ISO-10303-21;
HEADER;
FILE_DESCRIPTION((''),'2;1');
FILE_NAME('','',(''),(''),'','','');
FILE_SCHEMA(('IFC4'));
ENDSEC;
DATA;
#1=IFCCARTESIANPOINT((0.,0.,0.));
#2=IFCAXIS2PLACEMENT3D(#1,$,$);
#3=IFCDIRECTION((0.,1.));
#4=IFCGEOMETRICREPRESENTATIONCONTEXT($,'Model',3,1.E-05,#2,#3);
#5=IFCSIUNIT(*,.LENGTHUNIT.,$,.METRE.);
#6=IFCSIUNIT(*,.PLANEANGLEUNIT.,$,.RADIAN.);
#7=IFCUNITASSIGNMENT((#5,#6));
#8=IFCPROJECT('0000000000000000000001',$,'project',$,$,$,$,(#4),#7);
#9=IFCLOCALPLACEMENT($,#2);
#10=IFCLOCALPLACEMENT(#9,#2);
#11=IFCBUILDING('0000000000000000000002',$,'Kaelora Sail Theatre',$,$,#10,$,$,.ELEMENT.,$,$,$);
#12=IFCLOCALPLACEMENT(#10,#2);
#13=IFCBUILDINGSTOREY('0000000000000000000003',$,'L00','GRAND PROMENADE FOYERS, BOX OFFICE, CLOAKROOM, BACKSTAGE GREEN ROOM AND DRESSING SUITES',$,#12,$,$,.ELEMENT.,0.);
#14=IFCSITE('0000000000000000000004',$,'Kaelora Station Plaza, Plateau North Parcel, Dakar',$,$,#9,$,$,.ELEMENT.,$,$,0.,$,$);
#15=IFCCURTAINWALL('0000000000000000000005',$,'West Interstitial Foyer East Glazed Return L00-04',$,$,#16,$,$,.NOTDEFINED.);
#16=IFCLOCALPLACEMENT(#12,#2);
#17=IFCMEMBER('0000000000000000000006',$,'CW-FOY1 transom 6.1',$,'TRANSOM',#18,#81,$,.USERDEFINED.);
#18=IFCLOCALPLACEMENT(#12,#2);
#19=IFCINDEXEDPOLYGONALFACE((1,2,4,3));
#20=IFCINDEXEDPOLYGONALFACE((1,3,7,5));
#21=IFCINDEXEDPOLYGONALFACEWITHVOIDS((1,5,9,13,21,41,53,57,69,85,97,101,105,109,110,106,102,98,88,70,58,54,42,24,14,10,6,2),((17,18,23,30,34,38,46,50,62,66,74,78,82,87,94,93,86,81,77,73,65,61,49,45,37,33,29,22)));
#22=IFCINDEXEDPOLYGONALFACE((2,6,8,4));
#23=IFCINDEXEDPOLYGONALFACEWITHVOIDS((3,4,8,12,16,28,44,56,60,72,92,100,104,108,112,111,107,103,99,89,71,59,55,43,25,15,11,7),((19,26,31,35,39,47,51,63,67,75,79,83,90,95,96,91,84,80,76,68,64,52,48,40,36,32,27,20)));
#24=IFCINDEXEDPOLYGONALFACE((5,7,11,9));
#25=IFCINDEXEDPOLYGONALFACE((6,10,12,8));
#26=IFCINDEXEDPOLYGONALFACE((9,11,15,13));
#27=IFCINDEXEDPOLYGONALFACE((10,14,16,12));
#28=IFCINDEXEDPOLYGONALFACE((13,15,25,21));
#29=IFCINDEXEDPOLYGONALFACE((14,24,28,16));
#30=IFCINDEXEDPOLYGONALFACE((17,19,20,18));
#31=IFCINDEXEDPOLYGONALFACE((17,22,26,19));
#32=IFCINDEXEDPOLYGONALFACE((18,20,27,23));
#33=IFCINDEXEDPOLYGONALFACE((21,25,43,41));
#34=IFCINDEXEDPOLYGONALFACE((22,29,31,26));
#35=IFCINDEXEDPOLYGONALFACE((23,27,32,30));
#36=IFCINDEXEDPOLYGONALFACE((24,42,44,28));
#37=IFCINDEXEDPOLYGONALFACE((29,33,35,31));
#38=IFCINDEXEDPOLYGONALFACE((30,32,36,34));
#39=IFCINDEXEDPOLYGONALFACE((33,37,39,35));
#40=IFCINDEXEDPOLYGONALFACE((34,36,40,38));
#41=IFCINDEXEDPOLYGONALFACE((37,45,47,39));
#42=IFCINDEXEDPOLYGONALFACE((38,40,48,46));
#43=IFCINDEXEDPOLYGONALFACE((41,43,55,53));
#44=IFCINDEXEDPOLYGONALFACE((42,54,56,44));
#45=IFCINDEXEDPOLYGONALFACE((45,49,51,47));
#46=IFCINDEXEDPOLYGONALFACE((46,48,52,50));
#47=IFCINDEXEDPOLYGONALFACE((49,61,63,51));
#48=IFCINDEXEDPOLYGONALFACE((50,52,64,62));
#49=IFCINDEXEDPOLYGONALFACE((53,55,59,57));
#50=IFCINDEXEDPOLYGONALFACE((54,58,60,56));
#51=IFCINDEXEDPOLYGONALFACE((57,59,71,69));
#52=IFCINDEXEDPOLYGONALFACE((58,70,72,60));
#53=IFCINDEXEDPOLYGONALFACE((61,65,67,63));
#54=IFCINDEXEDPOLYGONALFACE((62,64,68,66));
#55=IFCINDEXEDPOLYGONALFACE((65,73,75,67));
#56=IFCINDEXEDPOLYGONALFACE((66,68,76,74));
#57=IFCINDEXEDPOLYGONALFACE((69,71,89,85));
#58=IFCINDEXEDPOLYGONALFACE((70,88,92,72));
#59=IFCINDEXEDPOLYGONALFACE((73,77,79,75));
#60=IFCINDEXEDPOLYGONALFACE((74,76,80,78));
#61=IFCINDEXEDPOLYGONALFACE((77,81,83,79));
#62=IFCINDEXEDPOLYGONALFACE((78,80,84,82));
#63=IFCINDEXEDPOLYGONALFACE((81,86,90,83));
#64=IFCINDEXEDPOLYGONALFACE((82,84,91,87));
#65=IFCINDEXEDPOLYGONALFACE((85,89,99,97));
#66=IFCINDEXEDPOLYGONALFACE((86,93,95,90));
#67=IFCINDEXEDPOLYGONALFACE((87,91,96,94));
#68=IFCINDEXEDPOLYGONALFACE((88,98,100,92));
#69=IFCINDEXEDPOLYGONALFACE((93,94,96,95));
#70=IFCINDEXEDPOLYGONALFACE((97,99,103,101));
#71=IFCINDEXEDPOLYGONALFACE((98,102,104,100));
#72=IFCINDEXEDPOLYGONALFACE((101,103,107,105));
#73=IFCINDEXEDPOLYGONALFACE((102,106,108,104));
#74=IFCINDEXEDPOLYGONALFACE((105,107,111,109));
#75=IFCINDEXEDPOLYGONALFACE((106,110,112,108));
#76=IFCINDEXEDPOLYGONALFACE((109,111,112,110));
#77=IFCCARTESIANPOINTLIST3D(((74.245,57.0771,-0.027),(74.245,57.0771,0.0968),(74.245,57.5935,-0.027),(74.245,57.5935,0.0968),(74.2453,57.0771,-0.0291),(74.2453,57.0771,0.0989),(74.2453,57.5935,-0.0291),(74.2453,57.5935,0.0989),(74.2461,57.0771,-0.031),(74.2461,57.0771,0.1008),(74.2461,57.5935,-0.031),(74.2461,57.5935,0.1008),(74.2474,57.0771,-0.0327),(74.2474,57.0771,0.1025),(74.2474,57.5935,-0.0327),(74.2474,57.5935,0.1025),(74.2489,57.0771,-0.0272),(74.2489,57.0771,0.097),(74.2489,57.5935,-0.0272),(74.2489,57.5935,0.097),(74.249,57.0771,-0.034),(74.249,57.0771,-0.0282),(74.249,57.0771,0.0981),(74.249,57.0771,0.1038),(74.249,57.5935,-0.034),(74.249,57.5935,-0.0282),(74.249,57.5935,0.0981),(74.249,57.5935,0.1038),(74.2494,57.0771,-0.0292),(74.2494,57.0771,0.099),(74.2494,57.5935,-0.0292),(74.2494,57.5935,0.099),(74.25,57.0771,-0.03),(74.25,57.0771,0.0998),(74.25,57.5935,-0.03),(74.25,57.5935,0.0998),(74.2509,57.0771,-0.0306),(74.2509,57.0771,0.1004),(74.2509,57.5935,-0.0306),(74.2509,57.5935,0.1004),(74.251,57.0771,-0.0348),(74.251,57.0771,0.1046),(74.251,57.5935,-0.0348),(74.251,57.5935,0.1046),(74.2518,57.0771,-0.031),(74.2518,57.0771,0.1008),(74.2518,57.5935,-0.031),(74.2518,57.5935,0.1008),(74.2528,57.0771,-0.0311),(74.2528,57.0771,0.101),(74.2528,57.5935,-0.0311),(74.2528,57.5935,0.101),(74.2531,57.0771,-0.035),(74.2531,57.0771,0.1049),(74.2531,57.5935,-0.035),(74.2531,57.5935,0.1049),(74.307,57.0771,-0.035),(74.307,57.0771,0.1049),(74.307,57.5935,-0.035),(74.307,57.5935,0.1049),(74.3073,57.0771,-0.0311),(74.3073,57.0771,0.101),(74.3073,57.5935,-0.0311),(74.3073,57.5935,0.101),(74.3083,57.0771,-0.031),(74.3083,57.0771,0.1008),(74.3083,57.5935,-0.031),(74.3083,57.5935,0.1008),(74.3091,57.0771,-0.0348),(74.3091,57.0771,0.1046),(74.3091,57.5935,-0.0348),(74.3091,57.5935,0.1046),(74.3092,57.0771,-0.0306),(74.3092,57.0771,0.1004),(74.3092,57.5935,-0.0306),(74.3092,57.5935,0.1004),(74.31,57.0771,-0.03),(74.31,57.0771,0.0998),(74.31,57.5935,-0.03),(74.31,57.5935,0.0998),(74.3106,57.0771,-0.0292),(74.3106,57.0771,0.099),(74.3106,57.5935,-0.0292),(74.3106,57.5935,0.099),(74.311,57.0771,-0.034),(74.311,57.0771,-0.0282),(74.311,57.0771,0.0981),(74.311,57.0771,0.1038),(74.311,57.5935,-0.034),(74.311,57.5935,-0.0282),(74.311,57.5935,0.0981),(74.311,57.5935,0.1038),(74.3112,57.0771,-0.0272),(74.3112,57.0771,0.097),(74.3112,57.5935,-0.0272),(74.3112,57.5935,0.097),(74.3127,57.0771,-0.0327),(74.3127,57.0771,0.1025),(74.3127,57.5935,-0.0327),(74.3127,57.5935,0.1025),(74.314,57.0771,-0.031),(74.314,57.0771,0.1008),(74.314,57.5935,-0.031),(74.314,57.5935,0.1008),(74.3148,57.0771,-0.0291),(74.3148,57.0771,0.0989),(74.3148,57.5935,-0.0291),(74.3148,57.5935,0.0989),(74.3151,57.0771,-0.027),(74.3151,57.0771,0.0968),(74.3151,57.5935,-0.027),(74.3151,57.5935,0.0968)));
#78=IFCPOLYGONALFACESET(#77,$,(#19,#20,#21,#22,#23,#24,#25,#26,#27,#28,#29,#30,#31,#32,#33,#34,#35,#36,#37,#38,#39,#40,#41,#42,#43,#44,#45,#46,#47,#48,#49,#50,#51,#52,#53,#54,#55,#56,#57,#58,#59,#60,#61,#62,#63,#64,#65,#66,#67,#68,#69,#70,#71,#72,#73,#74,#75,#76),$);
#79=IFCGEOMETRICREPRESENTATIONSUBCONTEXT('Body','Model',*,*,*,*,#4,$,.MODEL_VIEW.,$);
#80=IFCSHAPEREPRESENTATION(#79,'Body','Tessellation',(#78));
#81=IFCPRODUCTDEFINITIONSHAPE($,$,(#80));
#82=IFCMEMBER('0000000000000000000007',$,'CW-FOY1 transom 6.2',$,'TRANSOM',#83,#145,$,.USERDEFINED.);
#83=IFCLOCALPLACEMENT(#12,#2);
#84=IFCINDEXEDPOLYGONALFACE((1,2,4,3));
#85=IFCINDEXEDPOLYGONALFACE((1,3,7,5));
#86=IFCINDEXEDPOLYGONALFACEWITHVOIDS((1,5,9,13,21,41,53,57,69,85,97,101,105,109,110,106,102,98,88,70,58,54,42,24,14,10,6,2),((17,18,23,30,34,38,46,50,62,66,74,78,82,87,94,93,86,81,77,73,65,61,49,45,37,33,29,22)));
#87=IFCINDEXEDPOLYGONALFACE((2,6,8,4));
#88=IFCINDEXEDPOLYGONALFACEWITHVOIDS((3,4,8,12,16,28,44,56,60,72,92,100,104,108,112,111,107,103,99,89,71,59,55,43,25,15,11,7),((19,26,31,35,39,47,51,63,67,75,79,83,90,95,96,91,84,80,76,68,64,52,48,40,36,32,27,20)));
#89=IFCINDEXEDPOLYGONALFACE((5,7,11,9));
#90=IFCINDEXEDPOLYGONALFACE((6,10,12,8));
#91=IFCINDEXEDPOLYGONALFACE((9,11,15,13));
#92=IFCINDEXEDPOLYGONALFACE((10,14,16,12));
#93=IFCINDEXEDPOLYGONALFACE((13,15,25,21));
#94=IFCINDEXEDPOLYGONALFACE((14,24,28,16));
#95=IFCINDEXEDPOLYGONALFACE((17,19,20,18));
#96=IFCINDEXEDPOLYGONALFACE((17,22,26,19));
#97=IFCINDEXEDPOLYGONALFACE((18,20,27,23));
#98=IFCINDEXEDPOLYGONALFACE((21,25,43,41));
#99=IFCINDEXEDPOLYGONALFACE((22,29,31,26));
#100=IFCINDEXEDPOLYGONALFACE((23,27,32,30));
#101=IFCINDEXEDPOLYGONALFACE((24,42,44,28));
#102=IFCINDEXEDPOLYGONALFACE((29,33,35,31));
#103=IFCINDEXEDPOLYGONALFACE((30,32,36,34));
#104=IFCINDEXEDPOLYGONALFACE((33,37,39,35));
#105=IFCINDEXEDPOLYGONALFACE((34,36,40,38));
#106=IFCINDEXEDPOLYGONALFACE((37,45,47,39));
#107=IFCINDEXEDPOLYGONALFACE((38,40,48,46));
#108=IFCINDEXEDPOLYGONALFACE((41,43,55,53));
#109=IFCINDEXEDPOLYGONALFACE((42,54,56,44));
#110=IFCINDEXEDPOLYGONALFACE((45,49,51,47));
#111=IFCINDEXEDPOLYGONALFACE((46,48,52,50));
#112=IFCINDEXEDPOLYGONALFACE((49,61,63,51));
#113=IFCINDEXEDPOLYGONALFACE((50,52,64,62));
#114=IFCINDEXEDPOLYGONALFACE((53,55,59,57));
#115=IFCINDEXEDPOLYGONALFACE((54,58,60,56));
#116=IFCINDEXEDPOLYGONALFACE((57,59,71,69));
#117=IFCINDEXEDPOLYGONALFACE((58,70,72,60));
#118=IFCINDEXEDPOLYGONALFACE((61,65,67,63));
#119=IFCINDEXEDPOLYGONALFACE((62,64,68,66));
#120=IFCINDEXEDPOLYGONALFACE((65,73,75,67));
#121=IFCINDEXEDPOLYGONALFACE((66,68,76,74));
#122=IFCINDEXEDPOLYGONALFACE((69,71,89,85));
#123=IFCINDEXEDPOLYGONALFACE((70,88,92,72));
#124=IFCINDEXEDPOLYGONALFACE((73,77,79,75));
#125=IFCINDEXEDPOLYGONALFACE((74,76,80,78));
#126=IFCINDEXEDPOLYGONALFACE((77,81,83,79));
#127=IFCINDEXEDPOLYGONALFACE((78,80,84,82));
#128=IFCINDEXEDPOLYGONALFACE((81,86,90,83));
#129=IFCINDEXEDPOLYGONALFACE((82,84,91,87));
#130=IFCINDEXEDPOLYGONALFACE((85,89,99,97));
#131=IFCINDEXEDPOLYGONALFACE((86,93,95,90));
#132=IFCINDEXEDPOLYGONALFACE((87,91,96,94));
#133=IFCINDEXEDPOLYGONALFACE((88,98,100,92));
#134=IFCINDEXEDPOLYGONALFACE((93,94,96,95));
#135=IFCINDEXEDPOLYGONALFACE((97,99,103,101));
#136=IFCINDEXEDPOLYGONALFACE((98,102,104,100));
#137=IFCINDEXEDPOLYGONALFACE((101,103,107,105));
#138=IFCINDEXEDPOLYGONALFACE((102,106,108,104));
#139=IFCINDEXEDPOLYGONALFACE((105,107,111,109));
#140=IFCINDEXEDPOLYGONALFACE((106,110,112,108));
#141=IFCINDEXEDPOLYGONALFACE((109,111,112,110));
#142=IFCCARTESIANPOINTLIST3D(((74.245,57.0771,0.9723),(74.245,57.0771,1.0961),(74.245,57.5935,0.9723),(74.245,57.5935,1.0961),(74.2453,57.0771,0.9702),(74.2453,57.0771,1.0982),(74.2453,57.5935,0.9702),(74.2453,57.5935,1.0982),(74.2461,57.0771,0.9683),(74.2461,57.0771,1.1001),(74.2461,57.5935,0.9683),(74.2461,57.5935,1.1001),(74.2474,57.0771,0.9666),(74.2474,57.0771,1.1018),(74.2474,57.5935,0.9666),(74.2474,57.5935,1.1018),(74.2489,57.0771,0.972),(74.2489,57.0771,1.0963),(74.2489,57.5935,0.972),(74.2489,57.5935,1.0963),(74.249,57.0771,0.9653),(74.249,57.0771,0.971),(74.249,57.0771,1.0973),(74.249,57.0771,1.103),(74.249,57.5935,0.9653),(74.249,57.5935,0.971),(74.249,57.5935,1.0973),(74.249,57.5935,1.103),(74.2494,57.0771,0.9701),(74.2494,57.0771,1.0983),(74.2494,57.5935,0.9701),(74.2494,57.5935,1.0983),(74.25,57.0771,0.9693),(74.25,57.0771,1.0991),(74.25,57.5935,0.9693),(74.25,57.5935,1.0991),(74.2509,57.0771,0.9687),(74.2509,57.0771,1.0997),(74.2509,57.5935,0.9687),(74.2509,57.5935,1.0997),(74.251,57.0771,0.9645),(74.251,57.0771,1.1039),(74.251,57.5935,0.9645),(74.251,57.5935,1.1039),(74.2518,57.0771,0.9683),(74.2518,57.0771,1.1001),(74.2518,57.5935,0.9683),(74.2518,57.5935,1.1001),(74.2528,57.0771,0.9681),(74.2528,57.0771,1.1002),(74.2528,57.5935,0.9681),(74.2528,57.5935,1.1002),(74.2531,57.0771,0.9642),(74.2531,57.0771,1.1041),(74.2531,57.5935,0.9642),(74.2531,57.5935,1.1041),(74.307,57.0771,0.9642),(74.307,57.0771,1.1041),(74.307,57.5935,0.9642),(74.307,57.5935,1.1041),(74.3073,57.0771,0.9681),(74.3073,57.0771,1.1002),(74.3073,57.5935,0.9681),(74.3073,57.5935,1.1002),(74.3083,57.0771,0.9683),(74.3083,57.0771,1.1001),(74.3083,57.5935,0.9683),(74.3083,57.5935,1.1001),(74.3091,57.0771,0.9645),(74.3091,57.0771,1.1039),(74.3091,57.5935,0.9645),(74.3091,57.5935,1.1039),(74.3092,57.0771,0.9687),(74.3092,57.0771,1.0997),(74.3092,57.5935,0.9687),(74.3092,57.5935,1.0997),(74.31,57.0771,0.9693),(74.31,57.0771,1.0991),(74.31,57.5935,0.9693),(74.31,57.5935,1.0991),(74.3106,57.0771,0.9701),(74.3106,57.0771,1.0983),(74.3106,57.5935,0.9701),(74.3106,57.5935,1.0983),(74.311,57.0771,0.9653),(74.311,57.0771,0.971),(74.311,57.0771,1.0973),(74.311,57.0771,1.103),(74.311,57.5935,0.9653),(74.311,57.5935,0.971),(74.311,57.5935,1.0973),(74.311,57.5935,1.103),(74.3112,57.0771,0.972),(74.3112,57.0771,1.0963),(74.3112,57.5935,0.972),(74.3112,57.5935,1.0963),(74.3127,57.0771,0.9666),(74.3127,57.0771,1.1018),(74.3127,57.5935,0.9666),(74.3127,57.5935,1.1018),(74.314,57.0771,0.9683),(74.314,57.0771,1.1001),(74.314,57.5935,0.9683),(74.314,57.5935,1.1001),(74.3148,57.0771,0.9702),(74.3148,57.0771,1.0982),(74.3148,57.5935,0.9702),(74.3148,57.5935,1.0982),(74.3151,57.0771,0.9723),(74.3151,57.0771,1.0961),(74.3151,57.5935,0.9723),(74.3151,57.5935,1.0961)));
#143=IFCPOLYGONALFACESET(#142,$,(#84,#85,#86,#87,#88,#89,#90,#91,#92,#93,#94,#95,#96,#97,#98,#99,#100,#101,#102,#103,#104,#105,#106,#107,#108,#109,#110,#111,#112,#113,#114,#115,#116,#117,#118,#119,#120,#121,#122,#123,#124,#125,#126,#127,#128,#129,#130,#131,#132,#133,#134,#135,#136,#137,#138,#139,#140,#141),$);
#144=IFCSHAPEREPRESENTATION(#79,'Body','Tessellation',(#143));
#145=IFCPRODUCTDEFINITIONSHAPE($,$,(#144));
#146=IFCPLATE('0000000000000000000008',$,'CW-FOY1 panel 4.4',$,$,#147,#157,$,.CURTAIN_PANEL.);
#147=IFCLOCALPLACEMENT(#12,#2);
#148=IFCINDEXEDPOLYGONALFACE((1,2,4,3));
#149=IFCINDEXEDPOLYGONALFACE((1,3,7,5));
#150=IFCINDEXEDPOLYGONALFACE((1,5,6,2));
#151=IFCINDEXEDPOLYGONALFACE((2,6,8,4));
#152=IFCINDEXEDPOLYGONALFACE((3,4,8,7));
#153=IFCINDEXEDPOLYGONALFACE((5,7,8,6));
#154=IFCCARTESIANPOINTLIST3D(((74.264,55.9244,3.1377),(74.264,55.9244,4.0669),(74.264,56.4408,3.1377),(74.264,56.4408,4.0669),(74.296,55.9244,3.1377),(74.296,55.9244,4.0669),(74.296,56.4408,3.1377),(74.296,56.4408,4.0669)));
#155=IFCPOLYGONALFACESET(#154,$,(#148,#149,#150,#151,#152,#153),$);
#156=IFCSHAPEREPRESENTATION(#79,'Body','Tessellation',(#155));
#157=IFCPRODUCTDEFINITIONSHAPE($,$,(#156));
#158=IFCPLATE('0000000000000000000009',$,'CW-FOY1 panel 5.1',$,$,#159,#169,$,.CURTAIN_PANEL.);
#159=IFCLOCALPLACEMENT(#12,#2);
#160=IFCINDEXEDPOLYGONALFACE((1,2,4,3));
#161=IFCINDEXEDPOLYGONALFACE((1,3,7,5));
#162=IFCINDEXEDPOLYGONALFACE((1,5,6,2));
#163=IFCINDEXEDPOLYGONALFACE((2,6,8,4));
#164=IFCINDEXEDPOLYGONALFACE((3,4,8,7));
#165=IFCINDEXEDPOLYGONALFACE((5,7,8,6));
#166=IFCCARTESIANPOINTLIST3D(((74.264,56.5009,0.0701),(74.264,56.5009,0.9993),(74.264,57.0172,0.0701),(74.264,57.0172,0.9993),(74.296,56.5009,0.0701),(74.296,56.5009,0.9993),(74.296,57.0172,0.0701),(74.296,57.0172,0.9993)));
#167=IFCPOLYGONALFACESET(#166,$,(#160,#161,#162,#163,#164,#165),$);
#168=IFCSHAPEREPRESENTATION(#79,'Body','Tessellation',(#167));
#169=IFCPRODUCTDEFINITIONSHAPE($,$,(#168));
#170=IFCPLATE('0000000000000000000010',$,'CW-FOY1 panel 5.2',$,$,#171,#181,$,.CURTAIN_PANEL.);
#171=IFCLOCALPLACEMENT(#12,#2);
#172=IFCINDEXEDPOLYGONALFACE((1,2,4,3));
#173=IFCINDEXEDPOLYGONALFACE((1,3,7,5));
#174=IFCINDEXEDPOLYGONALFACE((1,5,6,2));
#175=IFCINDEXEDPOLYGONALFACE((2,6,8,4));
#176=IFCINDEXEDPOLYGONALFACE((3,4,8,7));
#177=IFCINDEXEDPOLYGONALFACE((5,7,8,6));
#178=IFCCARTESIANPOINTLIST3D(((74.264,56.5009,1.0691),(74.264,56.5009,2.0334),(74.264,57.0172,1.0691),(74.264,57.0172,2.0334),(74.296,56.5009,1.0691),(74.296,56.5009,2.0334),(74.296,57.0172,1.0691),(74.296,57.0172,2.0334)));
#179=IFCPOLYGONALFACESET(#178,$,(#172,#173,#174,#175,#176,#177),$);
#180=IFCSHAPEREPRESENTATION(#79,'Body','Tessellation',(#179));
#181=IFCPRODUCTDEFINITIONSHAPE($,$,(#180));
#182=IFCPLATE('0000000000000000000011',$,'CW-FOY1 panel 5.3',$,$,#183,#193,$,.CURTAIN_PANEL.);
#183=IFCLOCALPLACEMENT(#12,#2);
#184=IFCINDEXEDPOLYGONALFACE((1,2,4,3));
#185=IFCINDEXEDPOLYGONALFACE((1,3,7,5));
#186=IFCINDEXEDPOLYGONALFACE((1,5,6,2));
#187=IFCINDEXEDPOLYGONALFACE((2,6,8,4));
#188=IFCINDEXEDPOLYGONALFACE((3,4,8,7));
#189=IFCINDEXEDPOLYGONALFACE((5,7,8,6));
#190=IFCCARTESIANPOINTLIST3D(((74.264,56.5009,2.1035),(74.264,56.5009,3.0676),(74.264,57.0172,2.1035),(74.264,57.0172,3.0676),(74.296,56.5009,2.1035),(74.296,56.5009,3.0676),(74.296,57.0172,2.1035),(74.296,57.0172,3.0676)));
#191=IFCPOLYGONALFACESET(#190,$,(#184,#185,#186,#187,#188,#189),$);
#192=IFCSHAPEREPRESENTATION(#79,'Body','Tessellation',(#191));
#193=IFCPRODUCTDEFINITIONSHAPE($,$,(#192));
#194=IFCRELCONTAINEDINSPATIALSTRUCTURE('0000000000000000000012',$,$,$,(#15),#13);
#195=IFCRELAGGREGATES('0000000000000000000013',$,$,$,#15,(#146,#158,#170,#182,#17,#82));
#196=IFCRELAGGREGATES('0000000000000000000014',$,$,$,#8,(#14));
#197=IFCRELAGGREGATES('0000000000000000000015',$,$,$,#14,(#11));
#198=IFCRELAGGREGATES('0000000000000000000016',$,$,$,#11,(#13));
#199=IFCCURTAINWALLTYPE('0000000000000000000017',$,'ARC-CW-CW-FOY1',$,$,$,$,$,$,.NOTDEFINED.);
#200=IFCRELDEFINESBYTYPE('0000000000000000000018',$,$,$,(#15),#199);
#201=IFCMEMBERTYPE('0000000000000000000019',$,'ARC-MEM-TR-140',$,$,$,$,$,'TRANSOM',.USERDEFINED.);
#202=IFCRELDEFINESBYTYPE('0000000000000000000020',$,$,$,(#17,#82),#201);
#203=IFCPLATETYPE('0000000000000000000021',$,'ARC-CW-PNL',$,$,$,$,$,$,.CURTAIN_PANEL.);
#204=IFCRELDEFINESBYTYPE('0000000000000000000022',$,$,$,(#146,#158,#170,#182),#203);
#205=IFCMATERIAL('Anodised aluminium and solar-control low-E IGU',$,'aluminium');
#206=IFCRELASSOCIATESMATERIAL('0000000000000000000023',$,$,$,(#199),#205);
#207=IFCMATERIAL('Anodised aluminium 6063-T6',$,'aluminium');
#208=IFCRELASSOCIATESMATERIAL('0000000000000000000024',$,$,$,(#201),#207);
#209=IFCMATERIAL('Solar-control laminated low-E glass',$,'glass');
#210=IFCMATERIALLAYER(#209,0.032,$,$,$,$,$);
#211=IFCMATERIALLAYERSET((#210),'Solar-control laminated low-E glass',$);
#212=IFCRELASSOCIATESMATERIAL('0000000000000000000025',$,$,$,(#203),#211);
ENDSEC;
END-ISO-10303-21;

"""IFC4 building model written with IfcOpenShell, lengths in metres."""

from ifc_helpers import new_model, si_unit, direction, frame, origin, origin_2d, place, context, subcontext, project, spatial, rectangle, hollow_rectangle, extrude, material, layer, layer_set, material_profile, profile_set, type_object, element, aggregate, save


model = new_model("IFC4")

# Units and contexts
model_context = context("Model", 3, precision=1e-05, world=origin(), true_north=direction((0.0, 1.0)))
body_context = subcontext(model_context, "Body", "Model", "MODEL_VIEW")
ifc_project = project(units=[si_unit("LENGTHUNIT", "METRE"), si_unit("PLANEANGLEUNIT", "RADIAN")], contexts=[model_context])

# Site, building, storey
site_placement = place(None, origin())
site = spatial("IfcSite", under=ifc_project, at=site_placement, Name="Kaelora Station Plaza, Plateau North Parcel, Dakar", CompositionType="ELEMENT", RefElevation=0.0)
building_placement = place(site_placement, origin())
building = spatial("IfcBuilding", under=site, at=building_placement, Name="Kaelora Sail Theatre", CompositionType="ELEMENT")
storey_placement = place(building_placement, origin())
storey = spatial("IfcBuildingStorey", under=building, at=storey_placement, Name="L00", Description="GRAND PROMENADE FOYERS, BOX OFFICE, CLOAKROOM, BACKSTAGE GREEN ROOM AND DRESSING SUITES", CompositionType="ELEMENT", Elevation=0.0)

# Curtain wall
ifc_material_1 = material(Name="Anodised aluminium and solar-control low-E IGU", Category="aluminium")
curtain_wall_type = type_object("IfcCurtainWallType", Name="ARC-CW-CW-FOY1", PredefinedType="NOTDEFINED", material=ifc_material_1)
curtain_wall_placement = place(storey_placement, origin())
curtain_wall = element("IfcCurtainWall", 1, at=curtain_wall_placement, inside=storey, type_object=curtain_wall_type, Name="West Interstitial Foyer East Glazed Return L00-04", PredefinedType="NOTDEFINED")

# Members
ifc_material_2 = material(Name="Anodised aluminium 6063-T6", Category="aluminium")
ifc_material_profile_1 = material_profile(ifc_material_2, hollow_rectangle(XDim=0.0701, YDim=0.1399, WallThickness=0.0039, InnerFilletRadius=0.0039, OuterFilletRadius=0.0081, at=origin_2d()), Name="ALU-TRAN 70x140x4")
ifc_profile_set_1 = profile_set([ifc_material_profile_1], Name="Anodised aluminium 6063-T6")
member_type_1 = type_object("IfcMemberType", Name="ARC-MEM-TR-140", ElementType="TRANSOM", PredefinedType="USERDEFINED", material=ifc_profile_set_1)
member_1_placement = place(storey_placement, frame((74.28, 57.0771, 0.0349), z_axis=(0.0, 1.0, 0.0), x_axis=(-1.0, 0.0, 0.0)))
member_1 = element("IfcMember", 2, at=member_1_placement, type_object=member_type_1, Name="CW-FOY1 transom 6.1", ObjectType="TRANSOM", PredefinedType="USERDEFINED", context=body_context, shape_type="SweptSolid", body=[
    extrude(hollow_rectangle(XDim=0.0701, YDim=0.1399, WallThickness=0.0039, InnerFilletRadius=0.0039, OuterFilletRadius=0.0081, at=origin_2d()), origin(), (0.0, 0.0, 1.0), 0.5164),
])
member_2_placement = place(storey_placement, frame((74.28, 57.0771, 1.0342), z_axis=(0.0, 1.0, 0.0), x_axis=(-1.0, 0.0, 0.0)))
member_2 = element("IfcMember", 3, at=member_2_placement, type_object=member_type_1, Name="CW-FOY1 transom 6.2", ObjectType="TRANSOM", PredefinedType="USERDEFINED", context=body_context, shape_type="SweptSolid", body=[
    extrude(hollow_rectangle(XDim=0.0701, YDim=0.1399, WallThickness=0.0039, InnerFilletRadius=0.0039, OuterFilletRadius=0.0081, at=origin_2d()), origin(), (0.0, 0.0, 1.0), 0.5164),
])

# Plates
ifc_material_3 = material(Name="Solar-control laminated low-E glass", Category="glass")
ifc_layer_1 = layer(ifc_material_3, 0.032)
ifc_layer_set_1 = layer_set([ifc_layer_1], Name="Solar-control laminated low-E glass")
plate_type = type_object("IfcPlateType", Name="ARC-CW-PNL", PredefinedType="CURTAIN_PANEL", material=ifc_layer_set_1)
plate_1_placement = place(storey_placement, frame((74.28, 56.1826, 3.1377), z_axis=(0.0, 0.0, 1.0), x_axis=(0.0, 1.0, 0.0)))
plate_1 = element("IfcPlate", 4, at=plate_1_placement, type_object=plate_type, Name="CW-FOY1 panel 4.4", PredefinedType="CURTAIN_PANEL", context=body_context, shape_type="SweptSolid", body=[
    extrude(rectangle(XDim=0.5164, YDim=0.032, at=origin_2d()), origin(), (0.0, 0.0, 1.0), 0.9292),
])
plate_2_placement = place(storey_placement, frame((74.28, 56.759, 0.0701), z_axis=(0.0, 0.0, 1.0), x_axis=(0.0, 1.0, 0.0)))
plate_2 = element("IfcPlate", 5, at=plate_2_placement, type_object=plate_type, Name="CW-FOY1 panel 5.1", PredefinedType="CURTAIN_PANEL", context=body_context, shape_type="SweptSolid", body=[
    extrude(rectangle(XDim=0.5164, YDim=0.032, at=origin_2d()), origin(), (0.0, 0.0, 1.0), 0.9292),
])
plate_3_placement = place(storey_placement, frame((74.28, 56.759, 1.0691), z_axis=(0.0, 0.0, 1.0), x_axis=(0.0, 1.0, 0.0)))
plate_3 = element("IfcPlate", 6, at=plate_3_placement, type_object=plate_type, Name="CW-FOY1 panel 5.2", PredefinedType="CURTAIN_PANEL", context=body_context, shape_type="SweptSolid", body=[
    extrude(rectangle(XDim=0.5164, YDim=0.032, at=origin_2d()), origin(), (0.0, 0.0, 1.0), 0.9644),
])
plate_4_placement = place(storey_placement, frame((74.28, 56.759, 2.1035), z_axis=(0.0, 0.0, 1.0), x_axis=(0.0, 1.0, 0.0)))
plate_4 = element("IfcPlate", 7, at=plate_4_placement, type_object=plate_type, Name="CW-FOY1 panel 5.3", PredefinedType="CURTAIN_PANEL", context=body_context, shape_type="SweptSolid", body=[
    extrude(rectangle(XDim=0.5164, YDim=0.032, at=origin_2d()), origin(), (0.0, 0.0, 1.0), 0.9641),
])
aggregate(curtain_wall, [plate_1, plate_2, plate_3, plate_4, member_1, member_2])

save(model, "model.ifc")
